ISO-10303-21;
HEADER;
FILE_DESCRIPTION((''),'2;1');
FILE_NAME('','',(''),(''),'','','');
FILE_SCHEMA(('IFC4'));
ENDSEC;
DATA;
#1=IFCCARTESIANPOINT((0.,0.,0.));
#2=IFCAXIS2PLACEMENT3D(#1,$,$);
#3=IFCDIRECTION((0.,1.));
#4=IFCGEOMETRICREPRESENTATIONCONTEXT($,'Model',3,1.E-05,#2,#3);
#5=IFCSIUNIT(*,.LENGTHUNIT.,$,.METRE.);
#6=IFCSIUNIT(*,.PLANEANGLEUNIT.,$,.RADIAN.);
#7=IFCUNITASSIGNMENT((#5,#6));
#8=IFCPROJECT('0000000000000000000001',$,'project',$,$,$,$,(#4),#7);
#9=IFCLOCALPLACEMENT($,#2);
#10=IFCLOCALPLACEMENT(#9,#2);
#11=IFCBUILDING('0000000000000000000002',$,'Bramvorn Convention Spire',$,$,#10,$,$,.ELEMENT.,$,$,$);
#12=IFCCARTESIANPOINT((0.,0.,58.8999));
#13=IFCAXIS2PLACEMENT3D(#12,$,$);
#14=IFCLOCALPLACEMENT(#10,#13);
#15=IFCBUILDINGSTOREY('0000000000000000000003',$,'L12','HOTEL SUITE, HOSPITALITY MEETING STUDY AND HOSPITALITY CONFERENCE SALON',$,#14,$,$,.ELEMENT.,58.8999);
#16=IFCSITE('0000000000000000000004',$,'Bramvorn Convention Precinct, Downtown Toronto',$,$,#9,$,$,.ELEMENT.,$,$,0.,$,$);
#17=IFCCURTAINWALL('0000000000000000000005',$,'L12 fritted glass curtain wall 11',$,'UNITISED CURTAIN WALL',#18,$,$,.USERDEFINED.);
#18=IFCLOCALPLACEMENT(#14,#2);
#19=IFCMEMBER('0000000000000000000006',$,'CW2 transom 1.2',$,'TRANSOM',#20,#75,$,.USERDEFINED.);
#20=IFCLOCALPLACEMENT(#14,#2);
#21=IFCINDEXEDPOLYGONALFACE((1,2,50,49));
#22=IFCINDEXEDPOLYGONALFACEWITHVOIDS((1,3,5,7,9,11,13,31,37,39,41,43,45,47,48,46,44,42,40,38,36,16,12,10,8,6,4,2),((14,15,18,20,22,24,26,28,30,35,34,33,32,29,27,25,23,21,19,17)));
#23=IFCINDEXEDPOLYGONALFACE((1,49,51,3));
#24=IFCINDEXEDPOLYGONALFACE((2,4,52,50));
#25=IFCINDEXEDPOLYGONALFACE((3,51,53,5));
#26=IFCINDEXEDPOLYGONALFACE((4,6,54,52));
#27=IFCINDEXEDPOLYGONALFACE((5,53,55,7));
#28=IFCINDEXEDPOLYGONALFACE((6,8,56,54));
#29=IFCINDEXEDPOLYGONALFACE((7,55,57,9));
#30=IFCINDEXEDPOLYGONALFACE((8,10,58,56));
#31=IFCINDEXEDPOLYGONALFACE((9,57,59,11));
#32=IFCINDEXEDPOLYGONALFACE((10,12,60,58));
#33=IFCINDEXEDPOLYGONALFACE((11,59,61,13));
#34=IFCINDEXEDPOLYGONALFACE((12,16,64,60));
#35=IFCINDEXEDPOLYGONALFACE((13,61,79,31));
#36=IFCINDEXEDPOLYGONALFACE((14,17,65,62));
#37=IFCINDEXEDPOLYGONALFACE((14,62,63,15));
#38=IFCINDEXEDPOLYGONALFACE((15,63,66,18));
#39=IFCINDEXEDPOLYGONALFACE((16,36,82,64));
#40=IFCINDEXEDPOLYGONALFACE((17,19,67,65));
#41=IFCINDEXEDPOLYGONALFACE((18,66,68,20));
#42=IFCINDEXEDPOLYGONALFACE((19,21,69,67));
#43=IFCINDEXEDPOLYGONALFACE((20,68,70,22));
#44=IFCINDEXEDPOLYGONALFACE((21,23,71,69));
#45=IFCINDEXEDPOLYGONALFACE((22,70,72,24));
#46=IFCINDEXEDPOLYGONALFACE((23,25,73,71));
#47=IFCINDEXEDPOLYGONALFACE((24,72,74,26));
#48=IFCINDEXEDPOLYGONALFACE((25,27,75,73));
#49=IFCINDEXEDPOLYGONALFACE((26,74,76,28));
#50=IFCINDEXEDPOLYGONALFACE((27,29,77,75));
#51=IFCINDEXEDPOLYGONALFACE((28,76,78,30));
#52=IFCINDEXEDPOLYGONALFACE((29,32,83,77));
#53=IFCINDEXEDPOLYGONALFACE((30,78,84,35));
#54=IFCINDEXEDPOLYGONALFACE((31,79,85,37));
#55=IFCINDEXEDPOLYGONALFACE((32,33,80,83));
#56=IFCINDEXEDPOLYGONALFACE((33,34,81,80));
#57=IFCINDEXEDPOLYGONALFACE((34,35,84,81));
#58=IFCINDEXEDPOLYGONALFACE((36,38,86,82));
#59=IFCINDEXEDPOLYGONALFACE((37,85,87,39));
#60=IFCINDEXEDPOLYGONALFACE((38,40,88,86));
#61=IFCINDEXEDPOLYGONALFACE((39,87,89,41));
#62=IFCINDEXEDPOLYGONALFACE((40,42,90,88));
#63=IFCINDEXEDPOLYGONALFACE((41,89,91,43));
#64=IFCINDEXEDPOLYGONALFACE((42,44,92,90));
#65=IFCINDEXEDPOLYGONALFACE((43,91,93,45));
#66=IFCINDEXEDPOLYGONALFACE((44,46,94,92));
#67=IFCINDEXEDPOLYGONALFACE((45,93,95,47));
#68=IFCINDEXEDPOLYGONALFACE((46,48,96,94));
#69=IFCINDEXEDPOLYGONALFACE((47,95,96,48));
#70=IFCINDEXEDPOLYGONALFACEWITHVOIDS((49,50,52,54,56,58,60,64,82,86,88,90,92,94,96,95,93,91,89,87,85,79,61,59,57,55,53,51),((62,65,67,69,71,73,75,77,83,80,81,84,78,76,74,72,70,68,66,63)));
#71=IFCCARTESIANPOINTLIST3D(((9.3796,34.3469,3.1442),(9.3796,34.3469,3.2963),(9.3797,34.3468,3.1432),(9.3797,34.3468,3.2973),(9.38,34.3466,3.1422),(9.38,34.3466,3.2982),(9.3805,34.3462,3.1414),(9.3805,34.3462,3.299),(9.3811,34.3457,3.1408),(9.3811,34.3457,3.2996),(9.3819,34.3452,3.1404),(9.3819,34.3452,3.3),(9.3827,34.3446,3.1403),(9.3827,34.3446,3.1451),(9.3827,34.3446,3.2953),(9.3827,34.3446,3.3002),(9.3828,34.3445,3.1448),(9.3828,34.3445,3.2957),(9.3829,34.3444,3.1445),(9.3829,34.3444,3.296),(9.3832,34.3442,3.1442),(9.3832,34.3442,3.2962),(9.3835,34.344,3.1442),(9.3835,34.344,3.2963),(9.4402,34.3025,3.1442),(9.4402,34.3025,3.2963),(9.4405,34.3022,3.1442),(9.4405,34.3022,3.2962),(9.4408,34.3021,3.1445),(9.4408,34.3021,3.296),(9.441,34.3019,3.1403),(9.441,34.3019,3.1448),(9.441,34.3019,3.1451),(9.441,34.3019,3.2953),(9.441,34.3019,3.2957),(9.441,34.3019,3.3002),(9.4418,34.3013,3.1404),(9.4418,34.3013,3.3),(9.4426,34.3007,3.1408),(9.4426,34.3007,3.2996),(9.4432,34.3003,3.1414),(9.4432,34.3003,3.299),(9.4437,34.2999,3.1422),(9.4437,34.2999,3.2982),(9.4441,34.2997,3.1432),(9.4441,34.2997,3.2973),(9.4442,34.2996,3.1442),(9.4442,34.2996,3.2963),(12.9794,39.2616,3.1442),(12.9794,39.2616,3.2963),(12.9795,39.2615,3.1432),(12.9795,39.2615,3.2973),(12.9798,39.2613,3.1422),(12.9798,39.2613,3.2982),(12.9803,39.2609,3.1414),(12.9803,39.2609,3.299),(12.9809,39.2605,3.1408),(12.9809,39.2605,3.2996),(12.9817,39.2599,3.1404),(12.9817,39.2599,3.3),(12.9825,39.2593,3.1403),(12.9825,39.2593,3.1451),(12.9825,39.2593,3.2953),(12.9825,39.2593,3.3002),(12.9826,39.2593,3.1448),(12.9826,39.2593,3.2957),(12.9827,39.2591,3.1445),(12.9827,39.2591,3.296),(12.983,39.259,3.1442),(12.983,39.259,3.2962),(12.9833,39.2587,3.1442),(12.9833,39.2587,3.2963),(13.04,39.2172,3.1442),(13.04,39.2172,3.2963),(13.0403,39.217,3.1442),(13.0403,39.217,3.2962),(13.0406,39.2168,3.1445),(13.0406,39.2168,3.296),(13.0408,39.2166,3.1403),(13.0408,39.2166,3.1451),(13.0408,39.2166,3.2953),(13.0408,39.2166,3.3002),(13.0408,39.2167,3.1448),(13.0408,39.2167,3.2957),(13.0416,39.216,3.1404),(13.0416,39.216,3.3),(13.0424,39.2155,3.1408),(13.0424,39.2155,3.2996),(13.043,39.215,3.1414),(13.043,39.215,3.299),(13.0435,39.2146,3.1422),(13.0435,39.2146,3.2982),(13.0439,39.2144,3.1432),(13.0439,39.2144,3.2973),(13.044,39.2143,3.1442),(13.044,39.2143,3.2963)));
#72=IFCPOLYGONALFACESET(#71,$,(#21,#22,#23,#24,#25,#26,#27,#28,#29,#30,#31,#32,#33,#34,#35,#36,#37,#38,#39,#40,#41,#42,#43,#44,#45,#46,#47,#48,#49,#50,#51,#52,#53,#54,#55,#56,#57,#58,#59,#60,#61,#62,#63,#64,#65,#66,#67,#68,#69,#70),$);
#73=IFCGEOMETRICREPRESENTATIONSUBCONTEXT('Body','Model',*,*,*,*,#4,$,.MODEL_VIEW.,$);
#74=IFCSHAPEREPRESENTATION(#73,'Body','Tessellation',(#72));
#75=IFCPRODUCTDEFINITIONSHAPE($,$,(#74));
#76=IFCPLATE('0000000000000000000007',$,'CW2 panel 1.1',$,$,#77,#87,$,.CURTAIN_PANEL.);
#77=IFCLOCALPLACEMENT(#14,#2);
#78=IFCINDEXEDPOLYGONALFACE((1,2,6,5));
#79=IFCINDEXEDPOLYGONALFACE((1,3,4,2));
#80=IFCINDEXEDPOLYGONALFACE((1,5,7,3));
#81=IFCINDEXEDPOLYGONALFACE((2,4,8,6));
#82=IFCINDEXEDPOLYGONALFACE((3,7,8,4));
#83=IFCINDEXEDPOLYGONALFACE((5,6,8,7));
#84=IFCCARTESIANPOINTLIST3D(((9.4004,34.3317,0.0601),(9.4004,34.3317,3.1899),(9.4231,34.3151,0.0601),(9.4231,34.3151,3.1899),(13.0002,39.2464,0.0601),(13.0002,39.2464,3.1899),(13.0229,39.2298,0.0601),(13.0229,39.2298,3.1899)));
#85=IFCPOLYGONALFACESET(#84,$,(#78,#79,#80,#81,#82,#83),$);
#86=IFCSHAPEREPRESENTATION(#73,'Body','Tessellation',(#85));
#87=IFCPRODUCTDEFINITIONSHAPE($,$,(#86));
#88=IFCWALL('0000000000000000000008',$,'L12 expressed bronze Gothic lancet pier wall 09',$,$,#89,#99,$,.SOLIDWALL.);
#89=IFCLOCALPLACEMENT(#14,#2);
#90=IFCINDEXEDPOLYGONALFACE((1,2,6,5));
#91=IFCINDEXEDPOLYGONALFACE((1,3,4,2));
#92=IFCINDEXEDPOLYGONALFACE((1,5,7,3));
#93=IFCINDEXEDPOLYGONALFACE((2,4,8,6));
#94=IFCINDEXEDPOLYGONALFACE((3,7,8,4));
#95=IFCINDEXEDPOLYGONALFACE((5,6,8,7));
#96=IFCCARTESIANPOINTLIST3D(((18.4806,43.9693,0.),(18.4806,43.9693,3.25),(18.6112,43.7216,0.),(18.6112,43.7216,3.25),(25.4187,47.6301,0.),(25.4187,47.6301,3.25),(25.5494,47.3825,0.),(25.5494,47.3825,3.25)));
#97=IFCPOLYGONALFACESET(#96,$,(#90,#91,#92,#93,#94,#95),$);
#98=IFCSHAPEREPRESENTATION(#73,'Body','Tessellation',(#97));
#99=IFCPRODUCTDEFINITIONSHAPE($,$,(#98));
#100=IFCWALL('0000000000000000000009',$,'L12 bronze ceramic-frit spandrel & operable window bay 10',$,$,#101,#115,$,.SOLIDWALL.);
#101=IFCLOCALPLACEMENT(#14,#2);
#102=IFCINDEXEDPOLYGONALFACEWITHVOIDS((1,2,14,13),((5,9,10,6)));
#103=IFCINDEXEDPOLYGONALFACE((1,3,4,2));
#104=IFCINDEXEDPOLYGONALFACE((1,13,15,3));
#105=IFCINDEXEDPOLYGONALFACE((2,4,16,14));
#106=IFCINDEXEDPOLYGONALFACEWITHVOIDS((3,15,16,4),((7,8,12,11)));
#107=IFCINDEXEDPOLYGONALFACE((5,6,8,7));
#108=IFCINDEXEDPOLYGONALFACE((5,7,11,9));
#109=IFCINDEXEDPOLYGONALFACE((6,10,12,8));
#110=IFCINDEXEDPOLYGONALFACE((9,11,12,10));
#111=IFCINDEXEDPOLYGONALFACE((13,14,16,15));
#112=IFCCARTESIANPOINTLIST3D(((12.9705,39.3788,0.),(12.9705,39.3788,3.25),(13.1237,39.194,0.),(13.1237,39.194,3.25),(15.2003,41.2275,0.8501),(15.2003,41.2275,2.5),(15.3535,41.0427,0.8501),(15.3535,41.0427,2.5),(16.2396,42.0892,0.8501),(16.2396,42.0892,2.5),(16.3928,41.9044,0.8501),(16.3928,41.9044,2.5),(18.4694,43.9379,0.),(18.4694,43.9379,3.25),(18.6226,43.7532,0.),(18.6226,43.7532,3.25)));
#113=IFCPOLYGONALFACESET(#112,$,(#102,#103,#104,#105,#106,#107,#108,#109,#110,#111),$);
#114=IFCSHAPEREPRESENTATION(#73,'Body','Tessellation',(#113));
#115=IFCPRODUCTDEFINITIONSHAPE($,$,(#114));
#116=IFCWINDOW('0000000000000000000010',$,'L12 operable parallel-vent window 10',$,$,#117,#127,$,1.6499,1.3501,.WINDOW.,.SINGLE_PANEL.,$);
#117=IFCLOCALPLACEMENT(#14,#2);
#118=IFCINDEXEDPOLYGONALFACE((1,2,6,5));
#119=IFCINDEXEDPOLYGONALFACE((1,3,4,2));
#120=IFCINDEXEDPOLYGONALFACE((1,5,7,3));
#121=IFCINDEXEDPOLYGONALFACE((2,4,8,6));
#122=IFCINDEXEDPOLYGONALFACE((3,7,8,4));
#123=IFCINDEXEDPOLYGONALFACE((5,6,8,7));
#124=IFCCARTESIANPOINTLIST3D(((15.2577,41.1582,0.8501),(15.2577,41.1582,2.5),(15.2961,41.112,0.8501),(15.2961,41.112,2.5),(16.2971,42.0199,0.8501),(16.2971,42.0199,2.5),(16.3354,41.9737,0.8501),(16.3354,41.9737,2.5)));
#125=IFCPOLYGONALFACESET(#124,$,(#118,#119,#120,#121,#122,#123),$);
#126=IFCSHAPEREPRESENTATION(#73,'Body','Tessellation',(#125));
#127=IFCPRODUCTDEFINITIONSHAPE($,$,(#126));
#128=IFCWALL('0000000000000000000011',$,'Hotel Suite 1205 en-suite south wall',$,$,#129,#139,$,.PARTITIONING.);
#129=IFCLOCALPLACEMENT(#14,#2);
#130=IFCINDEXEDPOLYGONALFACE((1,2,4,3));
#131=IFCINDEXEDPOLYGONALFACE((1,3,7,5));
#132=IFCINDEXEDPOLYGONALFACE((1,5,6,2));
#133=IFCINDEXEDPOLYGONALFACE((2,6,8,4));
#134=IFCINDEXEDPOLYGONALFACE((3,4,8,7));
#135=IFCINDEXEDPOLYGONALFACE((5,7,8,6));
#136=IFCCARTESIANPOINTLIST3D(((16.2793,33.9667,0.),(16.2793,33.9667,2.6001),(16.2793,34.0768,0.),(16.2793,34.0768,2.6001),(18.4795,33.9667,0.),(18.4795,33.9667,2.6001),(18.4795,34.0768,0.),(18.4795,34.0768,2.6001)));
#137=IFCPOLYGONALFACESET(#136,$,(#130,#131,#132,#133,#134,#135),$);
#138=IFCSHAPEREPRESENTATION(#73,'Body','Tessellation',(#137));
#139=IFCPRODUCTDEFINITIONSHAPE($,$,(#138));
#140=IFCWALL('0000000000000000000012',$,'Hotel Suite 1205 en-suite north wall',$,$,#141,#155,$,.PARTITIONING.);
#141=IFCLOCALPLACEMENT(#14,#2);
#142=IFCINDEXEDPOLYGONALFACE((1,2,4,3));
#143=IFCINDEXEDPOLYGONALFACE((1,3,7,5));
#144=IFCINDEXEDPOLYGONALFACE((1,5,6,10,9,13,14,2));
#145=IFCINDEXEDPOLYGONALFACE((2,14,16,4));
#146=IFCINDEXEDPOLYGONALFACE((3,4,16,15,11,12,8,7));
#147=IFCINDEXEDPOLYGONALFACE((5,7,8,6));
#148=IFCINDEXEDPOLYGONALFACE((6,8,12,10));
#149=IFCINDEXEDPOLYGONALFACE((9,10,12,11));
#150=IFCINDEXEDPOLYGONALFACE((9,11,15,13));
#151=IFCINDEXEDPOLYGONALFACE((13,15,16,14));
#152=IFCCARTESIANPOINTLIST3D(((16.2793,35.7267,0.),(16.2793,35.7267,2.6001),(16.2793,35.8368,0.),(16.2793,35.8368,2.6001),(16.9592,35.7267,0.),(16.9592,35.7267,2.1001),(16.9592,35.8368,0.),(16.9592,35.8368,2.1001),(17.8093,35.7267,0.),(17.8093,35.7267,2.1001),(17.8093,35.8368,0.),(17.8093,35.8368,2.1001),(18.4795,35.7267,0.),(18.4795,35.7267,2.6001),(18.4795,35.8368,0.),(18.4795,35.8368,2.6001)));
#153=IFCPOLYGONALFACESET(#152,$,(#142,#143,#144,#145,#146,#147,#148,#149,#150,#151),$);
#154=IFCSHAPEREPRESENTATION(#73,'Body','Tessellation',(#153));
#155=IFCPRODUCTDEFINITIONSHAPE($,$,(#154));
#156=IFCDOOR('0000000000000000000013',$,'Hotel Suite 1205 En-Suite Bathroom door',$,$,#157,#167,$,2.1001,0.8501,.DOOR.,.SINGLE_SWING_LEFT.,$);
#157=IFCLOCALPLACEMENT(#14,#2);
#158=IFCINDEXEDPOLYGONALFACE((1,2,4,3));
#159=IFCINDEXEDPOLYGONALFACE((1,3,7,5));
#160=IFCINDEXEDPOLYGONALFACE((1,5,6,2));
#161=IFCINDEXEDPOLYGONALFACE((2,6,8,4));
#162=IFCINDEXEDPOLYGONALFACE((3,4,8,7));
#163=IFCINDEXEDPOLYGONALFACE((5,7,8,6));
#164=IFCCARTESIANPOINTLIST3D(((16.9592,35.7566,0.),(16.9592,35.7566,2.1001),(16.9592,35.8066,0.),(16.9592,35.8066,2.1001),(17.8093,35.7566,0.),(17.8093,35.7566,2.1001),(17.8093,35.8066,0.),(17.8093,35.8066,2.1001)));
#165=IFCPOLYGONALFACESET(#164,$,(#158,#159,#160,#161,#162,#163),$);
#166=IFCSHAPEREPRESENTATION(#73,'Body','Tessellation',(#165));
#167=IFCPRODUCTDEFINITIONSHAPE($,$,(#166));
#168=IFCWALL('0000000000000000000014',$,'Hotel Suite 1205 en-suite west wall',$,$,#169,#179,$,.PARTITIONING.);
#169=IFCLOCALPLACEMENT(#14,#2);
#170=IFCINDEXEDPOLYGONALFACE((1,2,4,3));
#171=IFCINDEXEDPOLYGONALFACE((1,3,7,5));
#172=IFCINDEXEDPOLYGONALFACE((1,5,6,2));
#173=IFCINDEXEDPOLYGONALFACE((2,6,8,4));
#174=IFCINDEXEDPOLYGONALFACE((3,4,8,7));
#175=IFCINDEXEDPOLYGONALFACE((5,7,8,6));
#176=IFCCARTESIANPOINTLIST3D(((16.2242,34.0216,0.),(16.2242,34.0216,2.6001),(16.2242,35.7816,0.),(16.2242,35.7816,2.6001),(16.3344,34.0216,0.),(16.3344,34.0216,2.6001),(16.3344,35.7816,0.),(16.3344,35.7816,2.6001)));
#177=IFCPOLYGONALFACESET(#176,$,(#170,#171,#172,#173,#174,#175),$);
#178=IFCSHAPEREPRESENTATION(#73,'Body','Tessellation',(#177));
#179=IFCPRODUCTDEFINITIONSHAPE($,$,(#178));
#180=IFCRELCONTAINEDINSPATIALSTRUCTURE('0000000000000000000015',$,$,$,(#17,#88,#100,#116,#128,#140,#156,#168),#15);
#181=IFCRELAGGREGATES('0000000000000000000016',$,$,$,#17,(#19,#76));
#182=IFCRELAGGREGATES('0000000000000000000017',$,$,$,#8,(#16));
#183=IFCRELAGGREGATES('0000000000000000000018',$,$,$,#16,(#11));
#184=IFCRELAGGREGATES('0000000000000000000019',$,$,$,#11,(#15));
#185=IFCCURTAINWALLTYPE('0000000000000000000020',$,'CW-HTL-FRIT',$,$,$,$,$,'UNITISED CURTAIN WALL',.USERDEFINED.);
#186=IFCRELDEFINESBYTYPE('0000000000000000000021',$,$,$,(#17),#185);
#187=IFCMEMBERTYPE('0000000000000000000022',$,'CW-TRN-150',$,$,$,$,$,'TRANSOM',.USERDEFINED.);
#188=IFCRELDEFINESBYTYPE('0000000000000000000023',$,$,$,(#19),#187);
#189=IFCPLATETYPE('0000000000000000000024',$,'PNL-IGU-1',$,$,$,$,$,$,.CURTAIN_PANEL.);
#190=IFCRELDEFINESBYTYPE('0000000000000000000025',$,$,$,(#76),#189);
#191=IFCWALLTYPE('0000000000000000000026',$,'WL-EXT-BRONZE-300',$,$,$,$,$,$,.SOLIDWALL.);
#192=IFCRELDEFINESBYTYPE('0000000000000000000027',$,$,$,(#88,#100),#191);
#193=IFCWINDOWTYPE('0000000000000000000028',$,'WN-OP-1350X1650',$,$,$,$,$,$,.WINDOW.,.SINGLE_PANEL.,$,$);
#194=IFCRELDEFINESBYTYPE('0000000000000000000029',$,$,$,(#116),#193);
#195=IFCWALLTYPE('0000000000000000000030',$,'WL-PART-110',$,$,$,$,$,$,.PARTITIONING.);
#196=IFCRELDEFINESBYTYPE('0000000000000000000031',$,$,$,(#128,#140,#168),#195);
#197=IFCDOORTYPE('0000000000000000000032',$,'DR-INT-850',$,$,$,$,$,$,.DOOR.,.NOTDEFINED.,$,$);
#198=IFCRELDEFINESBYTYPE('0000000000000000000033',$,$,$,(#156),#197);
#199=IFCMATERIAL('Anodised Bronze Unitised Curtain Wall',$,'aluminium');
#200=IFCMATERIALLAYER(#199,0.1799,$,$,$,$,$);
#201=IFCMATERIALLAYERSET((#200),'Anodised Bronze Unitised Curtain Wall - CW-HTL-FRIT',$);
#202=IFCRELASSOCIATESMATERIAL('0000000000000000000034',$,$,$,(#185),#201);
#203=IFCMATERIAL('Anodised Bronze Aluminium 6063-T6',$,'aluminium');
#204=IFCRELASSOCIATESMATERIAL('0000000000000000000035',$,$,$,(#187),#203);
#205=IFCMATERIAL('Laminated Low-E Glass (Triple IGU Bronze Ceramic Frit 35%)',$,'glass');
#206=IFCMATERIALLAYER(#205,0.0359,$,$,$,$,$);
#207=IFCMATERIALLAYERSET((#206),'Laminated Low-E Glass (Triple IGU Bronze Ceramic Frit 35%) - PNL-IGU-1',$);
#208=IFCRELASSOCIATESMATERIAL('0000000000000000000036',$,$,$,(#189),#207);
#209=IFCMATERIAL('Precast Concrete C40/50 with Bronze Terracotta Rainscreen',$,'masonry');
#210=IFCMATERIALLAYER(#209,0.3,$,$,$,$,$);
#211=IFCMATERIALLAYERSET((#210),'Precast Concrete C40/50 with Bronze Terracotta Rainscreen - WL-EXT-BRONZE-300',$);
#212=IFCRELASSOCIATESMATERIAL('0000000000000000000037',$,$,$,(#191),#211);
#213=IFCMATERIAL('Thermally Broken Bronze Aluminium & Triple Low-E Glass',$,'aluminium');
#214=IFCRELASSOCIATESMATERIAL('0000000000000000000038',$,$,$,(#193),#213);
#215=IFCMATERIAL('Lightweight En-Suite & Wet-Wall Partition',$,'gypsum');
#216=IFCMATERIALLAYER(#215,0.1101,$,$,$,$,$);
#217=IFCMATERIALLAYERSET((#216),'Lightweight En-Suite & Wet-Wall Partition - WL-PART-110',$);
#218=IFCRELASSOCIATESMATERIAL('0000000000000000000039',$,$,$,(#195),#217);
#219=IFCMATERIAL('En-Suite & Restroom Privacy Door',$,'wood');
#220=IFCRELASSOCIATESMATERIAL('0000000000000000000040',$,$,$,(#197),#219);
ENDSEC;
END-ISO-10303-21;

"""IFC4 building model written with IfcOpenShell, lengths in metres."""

from ifc_helpers import new_model, si_unit, direction, frame, frame_2d, origin, origin_2d, place, context, subcontext, project, spatial, rectangle, hollow_rectangle, extrude, material, layer, layer_set, material_profile, profile_set, type_object, element, fill, aggregate, save


model = new_model("IFC4")

# Units and contexts
model_context = context("Model", 3, precision=1e-05, world=origin(), true_north=direction((0.0, 1.0)))
body_context = subcontext(model_context, "Body", "Model", "MODEL_VIEW")
ifc_project = project(units=[si_unit("LENGTHUNIT", "METRE"), si_unit("PLANEANGLEUNIT", "RADIAN")], contexts=[model_context])

# Site, building, storey
site_placement = place(None, origin())
site = spatial("IfcSite", under=ifc_project, at=site_placement, Name="Bramvorn Convention Precinct, Downtown Toronto", CompositionType="ELEMENT", RefElevation=0.0)
building_placement = place(site_placement, origin())
building = spatial("IfcBuilding", under=site, at=building_placement, Name="Bramvorn Convention Spire", CompositionType="ELEMENT")
storey_placement = place(building_placement, frame((0.0, 0.0, 58.8999)))
storey = spatial("IfcBuildingStorey", under=building, at=storey_placement, Name="L12", Description="HOTEL SUITE, HOSPITALITY MEETING STUDY AND HOSPITALITY CONFERENCE SALON", CompositionType="ELEMENT", Elevation=58.8999)

# Curtain wall, member, plate
ifc_material_1 = material(Name="Anodised Bronze Unitised Curtain Wall", Category="aluminium")
ifc_layer_1 = layer(ifc_material_1, 0.1799)
ifc_layer_set_1 = layer_set([ifc_layer_1], Name="Anodised Bronze Unitised Curtain Wall - CW-HTL-FRIT")
curtain_wall_type = type_object("IfcCurtainWallType", Name="CW-HTL-FRIT", ElementType="UNITISED CURTAIN WALL", PredefinedType="USERDEFINED", material=ifc_layer_set_1)
curtain_wall_placement = place(storey_placement, origin())
curtain_wall = element("IfcCurtainWall", 1, at=curtain_wall_placement, inside=storey, type_object=curtain_wall_type, Name="L12 fritted glass curtain wall 11", ObjectType="UNITISED CURTAIN WALL", PredefinedType="USERDEFINED")
ifc_material_2 = material(Name="Anodised Bronze Aluminium 6063-T6", Category="aluminium")
ifc_material_profile_1 = material_profile(ifc_material_2, hollow_rectangle(XDim=0.0801, YDim=0.1599, WallThickness=0.0039, InnerFilletRadius=0.001, OuterFilletRadius=0.0039, at=origin_2d()))
ifc_profile_set_1 = profile_set([ifc_material_profile_1], Name="Anodised Bronze Aluminium 6063-T6 - CWT80X160")
member_type_1 = type_object("IfcMemberType", Name="CW-TRN-150", ElementType="TRANSOM", PredefinedType="USERDEFINED", material=ifc_profile_set_1)
member_1_placement = place(storey_placement, frame((9.4119, 34.3232, 3.2202), z_axis=(0.590901, 0.806744, 0.0), x_axis=(-0.806744, 0.590901, 0.0)))
member_1 = element("IfcMember", 2, at=member_1_placement, type_object=member_type_1, Name="CW2 transom 1.2", ObjectType="TRANSOM", PredefinedType="USERDEFINED", context=body_context, shape_type="SweptSolid", body=[
    extrude(hollow_rectangle(XDim=0.0801, YDim=0.1599, WallThickness=0.0039, InnerFilletRadius=0.001, OuterFilletRadius=0.0039, at=origin_2d()), origin(), (0.0, 0.0, 1.0), 6.092),
])
ifc_material_3 = material(Name="Laminated Low-E Glass (Triple IGU Bronze Ceramic Frit 35%)", Category="glass")
ifc_layer_2 = layer(ifc_material_3, 0.0359)
ifc_layer_set_2 = layer_set([ifc_layer_2], Name="Laminated Low-E Glass (Triple IGU Bronze Ceramic Frit 35%) - PNL-IGU-1")
plate_type = type_object("IfcPlateType", Name="PNL-IGU-1", PredefinedType="CURTAIN_PANEL", material=ifc_layer_set_2)
plate_placement = place(storey_placement, frame((11.2117, 36.7808, 0.0601), z_axis=(0.0, 0.0, 1.0), x_axis=(0.590903, 0.806743, 0.0)))
plate = element("IfcPlate", 3, at=plate_placement, type_object=plate_type, Name="CW2 panel 1.1", PredefinedType="CURTAIN_PANEL", context=body_context, shape_type="SweptSolid", body=[
    extrude(rectangle(XDim=6.092, YDim=0.0281, at=origin_2d()), origin(), (0.0, 0.0, 1.0), 3.1299),
])
aggregate(curtain_wall, [member_1, plate])

# Wall
ifc_material_4 = material(Name="Precast Concrete C40/50 with Bronze Terracotta Rainscreen", Category="masonry")
ifc_layer_3 = layer(ifc_material_4, 0.3)
ifc_layer_set_3 = layer_set([ifc_layer_3], Name="Precast Concrete C40/50 with Bronze Terracotta Rainscreen - WL-EXT-BRONZE-300")
wall_type_1 = type_object("IfcWallType", Name="WL-EXT-BRONZE-300", PredefinedType="SOLIDWALL", material=ifc_layer_set_3)
wall_1_placement = place(storey_placement, frame((18.5459, 43.8455, 0.0), z_axis=(0.0, 0.0, 1.0), x_axis=(0.884435, 0.466663, 0.0)))
element("IfcWall", 4, at=wall_1_placement, inside=storey, type_object=wall_type_1, Name="L12 expressed bronze Gothic lancet pier wall 09", PredefinedType="SOLIDWALL", context=body_context, shape_type="SweptSolid", body=[
    extrude(rectangle(XDim=7.8447, YDim=0.28, at=frame_2d((3.9224, 0.0))), origin(), (0.0, 0.0, 1.0), 3.25),
])

# Wall, opening, window
wall_2_placement = place(storey_placement, frame((13.0471, 39.2864, 0.0), z_axis=(0.0, 0.0, 1.0), x_axis=(0.769819, 0.638263, 0.0)))
wall_2 = element("IfcWall", 5, at=wall_2_placement, inside=storey, type_object=wall_type_1, Name="L12 bronze ceramic-frit spandrel & operable window bay 10", PredefinedType="SOLIDWALL", context=body_context, shape_type="SweptSolid", body=[
    extrude(rectangle(XDim=7.1431, YDim=0.24, at=frame_2d((3.5715, 0.0))), origin(), (0.0, 0.0, 1.0), 3.25),
])
opening_1_placement = place(wall_2_placement, frame((2.8965, 0.0, 0.8501)))
opening_1 = element("IfcOpeningElement", 6, at=opening_1_placement, cuts=wall_2, PredefinedType="OPENING", context=body_context, shape_type="SweptSolid", body=[
    extrude(rectangle(XDim=1.3501, YDim=1.6499, at=frame_2d((0.675, 0.825))), frame((0.0, 0.1299, 0.0), z_axis=(0.0, -1.0, 0.0), x_axis=(1.0, 0.0, 0.0)), (0.0, 0.0, 1.0), 0.26),
])
ifc_material_5 = material(Name="Thermally Broken Bronze Aluminium & Triple Low-E Glass", Category="aluminium")
window_type = type_object("IfcWindowType", Name="WN-OP-1350X1650", PartitioningType="SINGLE_PANEL", PredefinedType="WINDOW", material=ifc_material_5)
window_placement = place(opening_1_placement, origin())
window = element("IfcWindow", 7, at=window_placement, inside=storey, type_object=window_type, Name="L12 operable parallel-vent window 10", OverallHeight=1.6499, OverallWidth=1.3501, PartitioningType="SINGLE_PANEL", PredefinedType="WINDOW", context=body_context, shape_type="SweptSolid", body=[
    extrude(rectangle(XDim=1.3501, YDim=1.6499, at=frame_2d((0.675, 0.825))), frame((0.0, 0.03, 0.0), z_axis=(0.0, -1.0, 0.0), x_axis=(1.0, 0.0, 0.0)), (0.0, 0.0, 1.0), 0.0601),
])
fill(opening_1, window)

# Wall
ifc_material_6 = material(Name="Lightweight En-Suite & Wet-Wall Partition", Category="gypsum")
ifc_layer_4 = layer(ifc_material_6, 0.1101)
ifc_layer_set_4 = layer_set([ifc_layer_4], Name="Lightweight En-Suite & Wet-Wall Partition - WL-PART-110")
wall_type_2 = type_object("IfcWallType", Name="WL-PART-110", PredefinedType="PARTITIONING", material=ifc_layer_set_4)
wall_3_placement = place(storey_placement, frame((16.2793, 34.0217, 0.0), z_axis=(0.0, 0.0, 1.0), x_axis=(1.0, 0.0, 0.0)))
element("IfcWall", 8, at=wall_3_placement, inside=storey, type_object=wall_type_2, Name="Hotel Suite 1205 en-suite south wall", PredefinedType="PARTITIONING", context=body_context, shape_type="SweptSolid", body=[
    extrude(rectangle(XDim=2.2002, YDim=0.1101, at=frame_2d((1.1001, 0.0))), origin(), (0.0, 0.0, 1.0), 2.6001),
])

# Wall, opening, door
wall_4_placement = place(storey_placement, frame((16.2793, 35.7817, 0.0), z_axis=(0.0, 0.0, 1.0), x_axis=(1.0, 0.0, 0.0)))
wall_4 = element("IfcWall", 9, at=wall_4_placement, inside=storey, type_object=wall_type_2, Name="Hotel Suite 1205 en-suite north wall", PredefinedType="PARTITIONING", context=body_context, shape_type="SweptSolid", body=[
    extrude(rectangle(XDim=2.2002, YDim=0.1101, at=frame_2d((1.1001, 0.0))), origin(), (0.0, 0.0, 1.0), 2.6001),
])
opening_2_placement = place(wall_4_placement, frame((0.6799, 0.0, 0.0)))
opening_2 = element("IfcOpeningElement", 10, at=opening_2_placement, cuts=wall_4, PredefinedType="OPENING", context=body_context, shape_type="SweptSolid", body=[
    extrude(rectangle(XDim=0.8501, YDim=2.1001, at=frame_2d((0.425, 1.05))), frame((0.0, 0.0649, 0.0), z_axis=(0.0, -1.0, 0.0), x_axis=(1.0, 0.0, 0.0)), (0.0, 0.0, 1.0), 0.1301),
])
ifc_material_7 = material(Name="En-Suite & Restroom Privacy Door", Category="wood")
door_type = type_object("IfcDoorType", Name="DR-INT-850", OperationType="NOTDEFINED", PredefinedType="DOOR", material=ifc_material_7)
door_placement = place(opening_2_placement, origin())
door = element("IfcDoor", 11, at=door_placement, inside=storey, type_object=door_type, Name="Hotel Suite 1205 En-Suite Bathroom door", OperationType="SINGLE_SWING_LEFT", OverallHeight=2.1001, OverallWidth=0.8501, PredefinedType="DOOR", context=body_context, shape_type="SweptSolid", body=[
    extrude(rectangle(XDim=0.8501, YDim=2.1001, at=frame_2d((0.425, 1.05))), frame((0.0, 0.0249, 0.0), z_axis=(0.0, -1.0, 0.0), x_axis=(1.0, 0.0, 0.0)), (0.0, 0.0, 1.0), 0.05),
])
fill(opening_2, door)

# Wall
for number, where, z_axis, x_axis, name in (
    (12, (16.2793, 34.0217, 0.0), (0.0, 0.0, 1.0), (0.0, 1.0, 0.0), "Hotel Suite 1205 en-suite west wall"),
):
    element("IfcWall", number, at=place(storey_placement, frame(where, z_axis=z_axis, x_axis=x_axis)), inside=storey, type_object=wall_type_2, Name=name, PredefinedType="PARTITIONING", context=body_context, shape_type="SweptSolid", body=[
        extrude(rectangle(XDim=1.76, YDim=0.1101, at=frame_2d((0.8799, 0.0))), origin(), (0.0, 0.0, 1.0), 2.6001),
    ])

save(model, "model.ifc")
